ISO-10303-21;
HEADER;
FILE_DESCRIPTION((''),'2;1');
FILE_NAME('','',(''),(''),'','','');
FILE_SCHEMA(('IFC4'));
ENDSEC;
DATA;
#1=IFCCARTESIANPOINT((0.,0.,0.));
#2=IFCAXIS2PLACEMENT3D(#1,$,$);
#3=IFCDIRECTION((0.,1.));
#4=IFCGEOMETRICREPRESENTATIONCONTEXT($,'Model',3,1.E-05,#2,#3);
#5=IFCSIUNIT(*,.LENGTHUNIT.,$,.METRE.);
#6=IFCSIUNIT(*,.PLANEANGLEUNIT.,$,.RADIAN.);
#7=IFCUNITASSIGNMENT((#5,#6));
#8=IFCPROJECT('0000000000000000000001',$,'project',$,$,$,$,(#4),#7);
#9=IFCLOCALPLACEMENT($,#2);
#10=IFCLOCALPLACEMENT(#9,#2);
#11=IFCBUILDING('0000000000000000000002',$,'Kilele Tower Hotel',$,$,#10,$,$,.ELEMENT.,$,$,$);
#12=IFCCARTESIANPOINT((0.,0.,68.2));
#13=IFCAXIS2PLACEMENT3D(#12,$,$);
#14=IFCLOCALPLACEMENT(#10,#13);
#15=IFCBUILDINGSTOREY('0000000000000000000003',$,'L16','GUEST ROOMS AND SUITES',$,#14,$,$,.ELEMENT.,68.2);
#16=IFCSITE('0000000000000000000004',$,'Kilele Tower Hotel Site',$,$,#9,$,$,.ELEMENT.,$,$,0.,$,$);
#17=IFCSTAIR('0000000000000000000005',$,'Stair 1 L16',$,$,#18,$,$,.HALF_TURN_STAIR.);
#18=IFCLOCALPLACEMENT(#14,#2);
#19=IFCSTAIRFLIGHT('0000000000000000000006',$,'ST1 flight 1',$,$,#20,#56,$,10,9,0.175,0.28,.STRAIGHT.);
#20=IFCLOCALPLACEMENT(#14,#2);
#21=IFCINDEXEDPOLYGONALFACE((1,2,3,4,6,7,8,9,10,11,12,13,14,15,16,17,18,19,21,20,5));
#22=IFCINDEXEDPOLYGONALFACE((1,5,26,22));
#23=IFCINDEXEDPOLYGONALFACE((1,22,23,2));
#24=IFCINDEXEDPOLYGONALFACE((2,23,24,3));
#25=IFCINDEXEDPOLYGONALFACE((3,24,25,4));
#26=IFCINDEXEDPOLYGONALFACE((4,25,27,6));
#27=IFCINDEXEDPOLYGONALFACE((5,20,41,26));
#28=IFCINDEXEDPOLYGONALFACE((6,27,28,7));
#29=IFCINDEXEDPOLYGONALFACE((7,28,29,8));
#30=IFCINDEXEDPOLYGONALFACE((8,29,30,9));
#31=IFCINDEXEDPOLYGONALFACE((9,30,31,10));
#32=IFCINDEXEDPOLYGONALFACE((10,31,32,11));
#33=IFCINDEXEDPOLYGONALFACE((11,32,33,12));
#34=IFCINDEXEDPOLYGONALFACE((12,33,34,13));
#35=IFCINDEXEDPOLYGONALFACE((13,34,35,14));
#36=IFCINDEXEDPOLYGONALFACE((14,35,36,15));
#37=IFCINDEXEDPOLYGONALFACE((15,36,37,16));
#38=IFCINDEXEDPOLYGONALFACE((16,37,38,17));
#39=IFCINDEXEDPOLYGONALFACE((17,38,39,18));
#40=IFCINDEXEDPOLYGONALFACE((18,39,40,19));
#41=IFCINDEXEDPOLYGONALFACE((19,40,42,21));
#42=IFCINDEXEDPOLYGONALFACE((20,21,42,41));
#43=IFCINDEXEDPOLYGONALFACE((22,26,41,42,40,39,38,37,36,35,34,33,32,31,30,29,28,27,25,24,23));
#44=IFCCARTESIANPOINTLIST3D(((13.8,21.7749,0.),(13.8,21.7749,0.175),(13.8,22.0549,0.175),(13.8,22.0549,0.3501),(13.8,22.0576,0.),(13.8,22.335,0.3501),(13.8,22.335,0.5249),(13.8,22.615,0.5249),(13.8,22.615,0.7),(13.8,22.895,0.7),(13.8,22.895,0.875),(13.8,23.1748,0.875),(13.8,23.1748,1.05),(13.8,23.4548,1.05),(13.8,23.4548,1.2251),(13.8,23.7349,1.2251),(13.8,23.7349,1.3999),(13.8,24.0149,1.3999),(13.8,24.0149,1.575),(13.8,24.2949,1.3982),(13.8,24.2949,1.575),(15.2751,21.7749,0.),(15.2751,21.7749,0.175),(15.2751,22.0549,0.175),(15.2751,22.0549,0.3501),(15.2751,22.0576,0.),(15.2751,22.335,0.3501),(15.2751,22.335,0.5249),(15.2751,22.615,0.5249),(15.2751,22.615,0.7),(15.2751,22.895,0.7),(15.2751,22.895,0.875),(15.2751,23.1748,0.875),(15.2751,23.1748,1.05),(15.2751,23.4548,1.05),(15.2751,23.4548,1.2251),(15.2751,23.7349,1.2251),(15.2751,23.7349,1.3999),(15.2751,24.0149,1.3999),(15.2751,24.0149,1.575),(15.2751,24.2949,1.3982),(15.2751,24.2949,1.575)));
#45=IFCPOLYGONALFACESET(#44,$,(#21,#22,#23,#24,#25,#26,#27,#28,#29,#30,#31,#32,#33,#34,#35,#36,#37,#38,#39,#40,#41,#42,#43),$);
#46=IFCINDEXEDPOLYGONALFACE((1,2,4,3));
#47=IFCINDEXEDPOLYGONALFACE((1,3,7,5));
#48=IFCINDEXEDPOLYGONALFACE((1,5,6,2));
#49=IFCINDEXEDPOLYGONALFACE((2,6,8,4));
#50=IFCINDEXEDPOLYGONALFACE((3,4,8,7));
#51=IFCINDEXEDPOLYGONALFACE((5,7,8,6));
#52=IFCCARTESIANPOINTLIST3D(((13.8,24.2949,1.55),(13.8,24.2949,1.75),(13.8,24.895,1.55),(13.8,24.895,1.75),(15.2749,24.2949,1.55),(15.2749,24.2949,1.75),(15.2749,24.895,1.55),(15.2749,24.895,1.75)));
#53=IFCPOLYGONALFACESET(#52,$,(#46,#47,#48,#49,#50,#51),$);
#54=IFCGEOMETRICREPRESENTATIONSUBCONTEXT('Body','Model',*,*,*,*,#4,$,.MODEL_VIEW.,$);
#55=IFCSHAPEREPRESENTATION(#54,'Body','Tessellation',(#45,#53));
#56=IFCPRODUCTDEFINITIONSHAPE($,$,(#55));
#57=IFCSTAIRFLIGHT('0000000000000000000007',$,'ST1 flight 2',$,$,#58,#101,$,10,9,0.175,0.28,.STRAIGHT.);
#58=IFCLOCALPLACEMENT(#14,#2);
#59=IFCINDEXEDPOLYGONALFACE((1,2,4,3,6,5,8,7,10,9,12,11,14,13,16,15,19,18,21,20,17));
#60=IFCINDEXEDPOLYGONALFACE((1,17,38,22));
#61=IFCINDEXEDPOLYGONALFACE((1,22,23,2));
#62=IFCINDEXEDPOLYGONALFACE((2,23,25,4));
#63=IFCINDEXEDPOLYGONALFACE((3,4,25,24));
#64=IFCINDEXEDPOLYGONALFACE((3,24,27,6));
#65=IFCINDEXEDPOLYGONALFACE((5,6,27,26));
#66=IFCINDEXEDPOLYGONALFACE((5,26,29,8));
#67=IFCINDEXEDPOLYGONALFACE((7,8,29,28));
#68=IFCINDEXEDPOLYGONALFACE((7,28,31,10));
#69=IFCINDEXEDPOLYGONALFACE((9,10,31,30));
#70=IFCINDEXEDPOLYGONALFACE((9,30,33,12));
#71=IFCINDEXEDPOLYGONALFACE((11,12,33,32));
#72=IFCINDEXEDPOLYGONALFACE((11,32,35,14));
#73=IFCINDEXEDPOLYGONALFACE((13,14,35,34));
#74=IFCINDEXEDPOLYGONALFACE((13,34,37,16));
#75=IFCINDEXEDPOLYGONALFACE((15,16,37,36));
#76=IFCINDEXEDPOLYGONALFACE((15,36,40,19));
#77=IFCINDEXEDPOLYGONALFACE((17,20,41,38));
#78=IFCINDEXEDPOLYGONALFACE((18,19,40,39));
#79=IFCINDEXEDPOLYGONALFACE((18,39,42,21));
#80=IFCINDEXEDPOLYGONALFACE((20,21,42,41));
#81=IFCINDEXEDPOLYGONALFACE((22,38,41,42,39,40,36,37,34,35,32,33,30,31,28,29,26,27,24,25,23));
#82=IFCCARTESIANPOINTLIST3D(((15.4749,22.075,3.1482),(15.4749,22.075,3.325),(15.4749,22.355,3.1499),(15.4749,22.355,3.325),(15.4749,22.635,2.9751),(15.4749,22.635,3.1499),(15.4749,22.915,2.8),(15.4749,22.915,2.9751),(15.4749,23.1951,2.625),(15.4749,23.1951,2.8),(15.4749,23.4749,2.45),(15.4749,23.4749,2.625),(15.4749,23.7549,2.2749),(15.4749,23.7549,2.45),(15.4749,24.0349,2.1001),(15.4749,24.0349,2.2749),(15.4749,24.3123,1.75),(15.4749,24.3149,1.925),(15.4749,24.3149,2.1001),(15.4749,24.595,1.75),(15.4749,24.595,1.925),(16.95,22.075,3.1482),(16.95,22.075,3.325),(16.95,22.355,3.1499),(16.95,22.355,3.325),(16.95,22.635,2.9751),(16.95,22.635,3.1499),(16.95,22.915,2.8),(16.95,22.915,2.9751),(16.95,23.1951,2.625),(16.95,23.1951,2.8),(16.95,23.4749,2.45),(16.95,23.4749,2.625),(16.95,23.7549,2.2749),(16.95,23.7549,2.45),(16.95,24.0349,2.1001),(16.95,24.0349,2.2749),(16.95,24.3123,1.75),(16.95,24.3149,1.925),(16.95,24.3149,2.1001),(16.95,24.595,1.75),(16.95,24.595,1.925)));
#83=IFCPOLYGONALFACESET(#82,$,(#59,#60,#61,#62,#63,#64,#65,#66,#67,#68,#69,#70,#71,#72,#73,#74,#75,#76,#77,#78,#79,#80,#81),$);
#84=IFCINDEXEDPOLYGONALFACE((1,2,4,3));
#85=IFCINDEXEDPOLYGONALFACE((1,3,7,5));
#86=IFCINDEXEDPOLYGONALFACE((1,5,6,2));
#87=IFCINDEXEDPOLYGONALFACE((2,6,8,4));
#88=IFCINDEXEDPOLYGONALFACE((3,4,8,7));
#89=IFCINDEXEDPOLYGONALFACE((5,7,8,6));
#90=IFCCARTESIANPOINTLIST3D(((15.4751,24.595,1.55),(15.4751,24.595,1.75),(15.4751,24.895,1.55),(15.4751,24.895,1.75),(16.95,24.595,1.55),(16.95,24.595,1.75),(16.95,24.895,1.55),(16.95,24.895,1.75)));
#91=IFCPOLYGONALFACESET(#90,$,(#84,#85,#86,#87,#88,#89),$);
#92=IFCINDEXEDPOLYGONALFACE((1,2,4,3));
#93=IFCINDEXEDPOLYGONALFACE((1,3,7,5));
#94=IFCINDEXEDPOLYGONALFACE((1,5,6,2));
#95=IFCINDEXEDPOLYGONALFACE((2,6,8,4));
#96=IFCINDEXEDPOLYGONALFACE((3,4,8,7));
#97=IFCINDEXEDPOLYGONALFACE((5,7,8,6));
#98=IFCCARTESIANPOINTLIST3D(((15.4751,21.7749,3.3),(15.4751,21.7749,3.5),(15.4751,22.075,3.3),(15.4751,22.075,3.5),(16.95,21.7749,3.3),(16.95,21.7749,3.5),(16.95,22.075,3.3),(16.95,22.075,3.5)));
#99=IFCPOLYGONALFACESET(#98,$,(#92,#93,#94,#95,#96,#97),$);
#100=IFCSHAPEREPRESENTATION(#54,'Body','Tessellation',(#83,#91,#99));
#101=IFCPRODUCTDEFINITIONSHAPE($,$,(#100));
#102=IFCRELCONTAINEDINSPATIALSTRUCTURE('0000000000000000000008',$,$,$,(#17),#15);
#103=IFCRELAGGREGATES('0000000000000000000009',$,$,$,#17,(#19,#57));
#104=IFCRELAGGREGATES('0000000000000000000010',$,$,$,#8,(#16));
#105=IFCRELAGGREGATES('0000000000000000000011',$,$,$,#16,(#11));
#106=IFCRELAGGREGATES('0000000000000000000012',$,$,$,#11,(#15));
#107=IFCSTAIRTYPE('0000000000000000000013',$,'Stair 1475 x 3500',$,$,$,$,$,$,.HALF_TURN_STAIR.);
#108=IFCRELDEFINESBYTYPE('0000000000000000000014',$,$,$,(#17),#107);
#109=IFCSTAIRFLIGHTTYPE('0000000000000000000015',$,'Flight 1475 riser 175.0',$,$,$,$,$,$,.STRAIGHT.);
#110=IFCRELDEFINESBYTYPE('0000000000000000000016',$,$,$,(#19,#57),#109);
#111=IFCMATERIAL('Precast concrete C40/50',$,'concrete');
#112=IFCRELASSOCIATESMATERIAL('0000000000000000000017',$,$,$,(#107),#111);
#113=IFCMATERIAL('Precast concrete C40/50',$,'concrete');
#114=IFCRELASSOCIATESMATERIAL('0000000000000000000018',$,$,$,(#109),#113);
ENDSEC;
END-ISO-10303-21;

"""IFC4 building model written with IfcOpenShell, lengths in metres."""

from ifc_helpers import new_model, si_unit, direction, frame, origin, place, context, subcontext, project, spatial, polyline, outline, extrude, material, type_object, element, aggregate, save


model = new_model("IFC4")

# Units and contexts
model_context = context("Model", 3, precision=1e-05, world=origin(), true_north=direction((0.0, 1.0)))
body_context = subcontext(model_context, "Body", "Model", "MODEL_VIEW")
ifc_project = project(units=[si_unit("LENGTHUNIT", "METRE"), si_unit("PLANEANGLEUNIT", "RADIAN")], contexts=[model_context])

# Site, building, storey
site_placement = place(None, origin())
site = spatial("IfcSite", under=ifc_project, at=site_placement, Name="Kilele Tower Hotel Site", CompositionType="ELEMENT", RefElevation=0.0)
building_placement = place(site_placement, origin())
building = spatial("IfcBuilding", under=site, at=building_placement, Name="Kilele Tower Hotel", CompositionType="ELEMENT")
storey_placement = place(building_placement, frame((0.0, 0.0, 68.2)))
storey = spatial("IfcBuildingStorey", under=building, at=storey_placement, Name="L16", Description="GUEST ROOMS AND SUITES", CompositionType="ELEMENT", Elevation=68.2)

# Stair, stair flights
ifc_material_1 = material(Name="Precast concrete C40/50", Category="concrete")
stair_type = type_object("IfcStairType", Name="Stair 1475 x 3500", PredefinedType="HALF_TURN_STAIR", material=ifc_material_1)
stair_placement = place(storey_placement, origin())
stair = element("IfcStair", 1, at=stair_placement, inside=storey, type_object=stair_type, Name="Stair 1 L16", PredefinedType="HALF_TURN_STAIR")
ifc_material_2 = material(Name="Precast concrete C40/50", Category="concrete")
stair_flight_type = type_object("IfcStairFlightType", Name="Flight 1475 riser 175.0", PredefinedType="STRAIGHT", material=ifc_material_2)
stair_flight_1_placement = place(storey_placement, frame((14.5376, 21.7749, 0.0), z_axis=(0.0, 0.0, 1.0), x_axis=(0.0, 1.0, 0.0)))
stair_flight_1 = element("IfcStairFlight", 2, at=stair_flight_1_placement, type_object=stair_flight_type, Name="ST1 flight 1", NumberOfRisers=10, NumberOfTreads=9, PredefinedType="STRAIGHT", RiserHeight=0.175, TreadLength=0.28, context=body_context, shape_type="SweptSolid", body=[
    extrude(outline(polyline([(0.0, 0.0), (0.0, 0.175), (0.28, 0.175), (0.28, 0.3501), (0.5601, 0.3501), (0.5601, 0.5249), (0.8401, 0.5249), (0.8401, 0.7), (1.1201, 0.7), (1.1201, 0.875), (1.3999, 0.875), (1.3999, 1.05), (1.6799, 1.05), (1.6799, 1.2251), (1.96, 1.2251), (1.96, 1.3999), (2.24, 1.3999), (2.24, 1.575), (2.52, 1.575), (2.52, 1.75), (2.52, 1.3982), (0.2827, 0.0), (0.0, 0.0)])), frame((0.0, 0.7375, 0.0), z_axis=(0.0, -1.0, 0.0), x_axis=(1.0, 0.0, 0.0)), (0.0, 0.0, 1.0), 1.4751),
    extrude(outline(polyline([(2.52, 0.7375), (2.52, -0.7373), (3.1201, -0.7373), (3.1201, 0.7375), (2.52, 0.7375)])), frame((0.0, 0.0, 1.55)), (0.0, 0.0, 1.0), 0.2),
])
stair_flight_2_placement = place(storey_placement, frame((16.2124, 24.595, 1.75), z_axis=(0.0, 0.0, 1.0), x_axis=(0.0, -1.0, 0.0)))
stair_flight_2 = element("IfcStairFlight", 3, at=stair_flight_2_placement, type_object=stair_flight_type, Name="ST1 flight 2", NumberOfRisers=10, NumberOfTreads=9, PredefinedType="STRAIGHT", RiserHeight=0.175, TreadLength=0.28, context=body_context, shape_type="SweptSolid", body=[
    extrude(outline(polyline([(0.0, 0.0), (0.0, 0.175), (0.28, 0.175), (0.28, 0.3501), (0.5601, 0.3501), (0.5601, 0.5249), (0.8401, 0.5249), (0.8401, 0.7), (1.1201, 0.7), (1.1201, 0.875), (1.3999, 0.875), (1.3999, 1.05), (1.6799, 1.05), (1.6799, 1.2251), (1.96, 1.2251), (1.96, 1.3999), (2.24, 1.3999), (2.24, 1.575), (2.52, 1.575), (2.52, 1.75), (2.52, 1.3982), (0.2827, 0.0), (0.0, 0.0)])), frame((0.0, 0.7375, 0.0), z_axis=(0.0, -1.0, 0.0), x_axis=(1.0, 0.0, 0.0)), (0.0, 0.0, 1.0), 1.4751),
    extrude(outline(polyline([(0.0, -0.7373), (0.0, 0.7375), (-0.3, 0.7375), (-0.3, -0.7373), (0.0, -0.7373)])), frame((0.0, 0.0, -0.2)), (0.0, 0.0, 1.0), 0.2),
    extrude(outline(polyline([(2.8201, -0.7373), (2.8201, 0.7375), (2.52, 0.7375), (2.52, -0.7373), (2.8201, -0.7373)])), frame((0.0, 0.0, 1.55)), (0.0, 0.0, 1.0), 0.2),
])
aggregate(stair, [stair_flight_1, stair_flight_2])

save(model, "model.ifc")
